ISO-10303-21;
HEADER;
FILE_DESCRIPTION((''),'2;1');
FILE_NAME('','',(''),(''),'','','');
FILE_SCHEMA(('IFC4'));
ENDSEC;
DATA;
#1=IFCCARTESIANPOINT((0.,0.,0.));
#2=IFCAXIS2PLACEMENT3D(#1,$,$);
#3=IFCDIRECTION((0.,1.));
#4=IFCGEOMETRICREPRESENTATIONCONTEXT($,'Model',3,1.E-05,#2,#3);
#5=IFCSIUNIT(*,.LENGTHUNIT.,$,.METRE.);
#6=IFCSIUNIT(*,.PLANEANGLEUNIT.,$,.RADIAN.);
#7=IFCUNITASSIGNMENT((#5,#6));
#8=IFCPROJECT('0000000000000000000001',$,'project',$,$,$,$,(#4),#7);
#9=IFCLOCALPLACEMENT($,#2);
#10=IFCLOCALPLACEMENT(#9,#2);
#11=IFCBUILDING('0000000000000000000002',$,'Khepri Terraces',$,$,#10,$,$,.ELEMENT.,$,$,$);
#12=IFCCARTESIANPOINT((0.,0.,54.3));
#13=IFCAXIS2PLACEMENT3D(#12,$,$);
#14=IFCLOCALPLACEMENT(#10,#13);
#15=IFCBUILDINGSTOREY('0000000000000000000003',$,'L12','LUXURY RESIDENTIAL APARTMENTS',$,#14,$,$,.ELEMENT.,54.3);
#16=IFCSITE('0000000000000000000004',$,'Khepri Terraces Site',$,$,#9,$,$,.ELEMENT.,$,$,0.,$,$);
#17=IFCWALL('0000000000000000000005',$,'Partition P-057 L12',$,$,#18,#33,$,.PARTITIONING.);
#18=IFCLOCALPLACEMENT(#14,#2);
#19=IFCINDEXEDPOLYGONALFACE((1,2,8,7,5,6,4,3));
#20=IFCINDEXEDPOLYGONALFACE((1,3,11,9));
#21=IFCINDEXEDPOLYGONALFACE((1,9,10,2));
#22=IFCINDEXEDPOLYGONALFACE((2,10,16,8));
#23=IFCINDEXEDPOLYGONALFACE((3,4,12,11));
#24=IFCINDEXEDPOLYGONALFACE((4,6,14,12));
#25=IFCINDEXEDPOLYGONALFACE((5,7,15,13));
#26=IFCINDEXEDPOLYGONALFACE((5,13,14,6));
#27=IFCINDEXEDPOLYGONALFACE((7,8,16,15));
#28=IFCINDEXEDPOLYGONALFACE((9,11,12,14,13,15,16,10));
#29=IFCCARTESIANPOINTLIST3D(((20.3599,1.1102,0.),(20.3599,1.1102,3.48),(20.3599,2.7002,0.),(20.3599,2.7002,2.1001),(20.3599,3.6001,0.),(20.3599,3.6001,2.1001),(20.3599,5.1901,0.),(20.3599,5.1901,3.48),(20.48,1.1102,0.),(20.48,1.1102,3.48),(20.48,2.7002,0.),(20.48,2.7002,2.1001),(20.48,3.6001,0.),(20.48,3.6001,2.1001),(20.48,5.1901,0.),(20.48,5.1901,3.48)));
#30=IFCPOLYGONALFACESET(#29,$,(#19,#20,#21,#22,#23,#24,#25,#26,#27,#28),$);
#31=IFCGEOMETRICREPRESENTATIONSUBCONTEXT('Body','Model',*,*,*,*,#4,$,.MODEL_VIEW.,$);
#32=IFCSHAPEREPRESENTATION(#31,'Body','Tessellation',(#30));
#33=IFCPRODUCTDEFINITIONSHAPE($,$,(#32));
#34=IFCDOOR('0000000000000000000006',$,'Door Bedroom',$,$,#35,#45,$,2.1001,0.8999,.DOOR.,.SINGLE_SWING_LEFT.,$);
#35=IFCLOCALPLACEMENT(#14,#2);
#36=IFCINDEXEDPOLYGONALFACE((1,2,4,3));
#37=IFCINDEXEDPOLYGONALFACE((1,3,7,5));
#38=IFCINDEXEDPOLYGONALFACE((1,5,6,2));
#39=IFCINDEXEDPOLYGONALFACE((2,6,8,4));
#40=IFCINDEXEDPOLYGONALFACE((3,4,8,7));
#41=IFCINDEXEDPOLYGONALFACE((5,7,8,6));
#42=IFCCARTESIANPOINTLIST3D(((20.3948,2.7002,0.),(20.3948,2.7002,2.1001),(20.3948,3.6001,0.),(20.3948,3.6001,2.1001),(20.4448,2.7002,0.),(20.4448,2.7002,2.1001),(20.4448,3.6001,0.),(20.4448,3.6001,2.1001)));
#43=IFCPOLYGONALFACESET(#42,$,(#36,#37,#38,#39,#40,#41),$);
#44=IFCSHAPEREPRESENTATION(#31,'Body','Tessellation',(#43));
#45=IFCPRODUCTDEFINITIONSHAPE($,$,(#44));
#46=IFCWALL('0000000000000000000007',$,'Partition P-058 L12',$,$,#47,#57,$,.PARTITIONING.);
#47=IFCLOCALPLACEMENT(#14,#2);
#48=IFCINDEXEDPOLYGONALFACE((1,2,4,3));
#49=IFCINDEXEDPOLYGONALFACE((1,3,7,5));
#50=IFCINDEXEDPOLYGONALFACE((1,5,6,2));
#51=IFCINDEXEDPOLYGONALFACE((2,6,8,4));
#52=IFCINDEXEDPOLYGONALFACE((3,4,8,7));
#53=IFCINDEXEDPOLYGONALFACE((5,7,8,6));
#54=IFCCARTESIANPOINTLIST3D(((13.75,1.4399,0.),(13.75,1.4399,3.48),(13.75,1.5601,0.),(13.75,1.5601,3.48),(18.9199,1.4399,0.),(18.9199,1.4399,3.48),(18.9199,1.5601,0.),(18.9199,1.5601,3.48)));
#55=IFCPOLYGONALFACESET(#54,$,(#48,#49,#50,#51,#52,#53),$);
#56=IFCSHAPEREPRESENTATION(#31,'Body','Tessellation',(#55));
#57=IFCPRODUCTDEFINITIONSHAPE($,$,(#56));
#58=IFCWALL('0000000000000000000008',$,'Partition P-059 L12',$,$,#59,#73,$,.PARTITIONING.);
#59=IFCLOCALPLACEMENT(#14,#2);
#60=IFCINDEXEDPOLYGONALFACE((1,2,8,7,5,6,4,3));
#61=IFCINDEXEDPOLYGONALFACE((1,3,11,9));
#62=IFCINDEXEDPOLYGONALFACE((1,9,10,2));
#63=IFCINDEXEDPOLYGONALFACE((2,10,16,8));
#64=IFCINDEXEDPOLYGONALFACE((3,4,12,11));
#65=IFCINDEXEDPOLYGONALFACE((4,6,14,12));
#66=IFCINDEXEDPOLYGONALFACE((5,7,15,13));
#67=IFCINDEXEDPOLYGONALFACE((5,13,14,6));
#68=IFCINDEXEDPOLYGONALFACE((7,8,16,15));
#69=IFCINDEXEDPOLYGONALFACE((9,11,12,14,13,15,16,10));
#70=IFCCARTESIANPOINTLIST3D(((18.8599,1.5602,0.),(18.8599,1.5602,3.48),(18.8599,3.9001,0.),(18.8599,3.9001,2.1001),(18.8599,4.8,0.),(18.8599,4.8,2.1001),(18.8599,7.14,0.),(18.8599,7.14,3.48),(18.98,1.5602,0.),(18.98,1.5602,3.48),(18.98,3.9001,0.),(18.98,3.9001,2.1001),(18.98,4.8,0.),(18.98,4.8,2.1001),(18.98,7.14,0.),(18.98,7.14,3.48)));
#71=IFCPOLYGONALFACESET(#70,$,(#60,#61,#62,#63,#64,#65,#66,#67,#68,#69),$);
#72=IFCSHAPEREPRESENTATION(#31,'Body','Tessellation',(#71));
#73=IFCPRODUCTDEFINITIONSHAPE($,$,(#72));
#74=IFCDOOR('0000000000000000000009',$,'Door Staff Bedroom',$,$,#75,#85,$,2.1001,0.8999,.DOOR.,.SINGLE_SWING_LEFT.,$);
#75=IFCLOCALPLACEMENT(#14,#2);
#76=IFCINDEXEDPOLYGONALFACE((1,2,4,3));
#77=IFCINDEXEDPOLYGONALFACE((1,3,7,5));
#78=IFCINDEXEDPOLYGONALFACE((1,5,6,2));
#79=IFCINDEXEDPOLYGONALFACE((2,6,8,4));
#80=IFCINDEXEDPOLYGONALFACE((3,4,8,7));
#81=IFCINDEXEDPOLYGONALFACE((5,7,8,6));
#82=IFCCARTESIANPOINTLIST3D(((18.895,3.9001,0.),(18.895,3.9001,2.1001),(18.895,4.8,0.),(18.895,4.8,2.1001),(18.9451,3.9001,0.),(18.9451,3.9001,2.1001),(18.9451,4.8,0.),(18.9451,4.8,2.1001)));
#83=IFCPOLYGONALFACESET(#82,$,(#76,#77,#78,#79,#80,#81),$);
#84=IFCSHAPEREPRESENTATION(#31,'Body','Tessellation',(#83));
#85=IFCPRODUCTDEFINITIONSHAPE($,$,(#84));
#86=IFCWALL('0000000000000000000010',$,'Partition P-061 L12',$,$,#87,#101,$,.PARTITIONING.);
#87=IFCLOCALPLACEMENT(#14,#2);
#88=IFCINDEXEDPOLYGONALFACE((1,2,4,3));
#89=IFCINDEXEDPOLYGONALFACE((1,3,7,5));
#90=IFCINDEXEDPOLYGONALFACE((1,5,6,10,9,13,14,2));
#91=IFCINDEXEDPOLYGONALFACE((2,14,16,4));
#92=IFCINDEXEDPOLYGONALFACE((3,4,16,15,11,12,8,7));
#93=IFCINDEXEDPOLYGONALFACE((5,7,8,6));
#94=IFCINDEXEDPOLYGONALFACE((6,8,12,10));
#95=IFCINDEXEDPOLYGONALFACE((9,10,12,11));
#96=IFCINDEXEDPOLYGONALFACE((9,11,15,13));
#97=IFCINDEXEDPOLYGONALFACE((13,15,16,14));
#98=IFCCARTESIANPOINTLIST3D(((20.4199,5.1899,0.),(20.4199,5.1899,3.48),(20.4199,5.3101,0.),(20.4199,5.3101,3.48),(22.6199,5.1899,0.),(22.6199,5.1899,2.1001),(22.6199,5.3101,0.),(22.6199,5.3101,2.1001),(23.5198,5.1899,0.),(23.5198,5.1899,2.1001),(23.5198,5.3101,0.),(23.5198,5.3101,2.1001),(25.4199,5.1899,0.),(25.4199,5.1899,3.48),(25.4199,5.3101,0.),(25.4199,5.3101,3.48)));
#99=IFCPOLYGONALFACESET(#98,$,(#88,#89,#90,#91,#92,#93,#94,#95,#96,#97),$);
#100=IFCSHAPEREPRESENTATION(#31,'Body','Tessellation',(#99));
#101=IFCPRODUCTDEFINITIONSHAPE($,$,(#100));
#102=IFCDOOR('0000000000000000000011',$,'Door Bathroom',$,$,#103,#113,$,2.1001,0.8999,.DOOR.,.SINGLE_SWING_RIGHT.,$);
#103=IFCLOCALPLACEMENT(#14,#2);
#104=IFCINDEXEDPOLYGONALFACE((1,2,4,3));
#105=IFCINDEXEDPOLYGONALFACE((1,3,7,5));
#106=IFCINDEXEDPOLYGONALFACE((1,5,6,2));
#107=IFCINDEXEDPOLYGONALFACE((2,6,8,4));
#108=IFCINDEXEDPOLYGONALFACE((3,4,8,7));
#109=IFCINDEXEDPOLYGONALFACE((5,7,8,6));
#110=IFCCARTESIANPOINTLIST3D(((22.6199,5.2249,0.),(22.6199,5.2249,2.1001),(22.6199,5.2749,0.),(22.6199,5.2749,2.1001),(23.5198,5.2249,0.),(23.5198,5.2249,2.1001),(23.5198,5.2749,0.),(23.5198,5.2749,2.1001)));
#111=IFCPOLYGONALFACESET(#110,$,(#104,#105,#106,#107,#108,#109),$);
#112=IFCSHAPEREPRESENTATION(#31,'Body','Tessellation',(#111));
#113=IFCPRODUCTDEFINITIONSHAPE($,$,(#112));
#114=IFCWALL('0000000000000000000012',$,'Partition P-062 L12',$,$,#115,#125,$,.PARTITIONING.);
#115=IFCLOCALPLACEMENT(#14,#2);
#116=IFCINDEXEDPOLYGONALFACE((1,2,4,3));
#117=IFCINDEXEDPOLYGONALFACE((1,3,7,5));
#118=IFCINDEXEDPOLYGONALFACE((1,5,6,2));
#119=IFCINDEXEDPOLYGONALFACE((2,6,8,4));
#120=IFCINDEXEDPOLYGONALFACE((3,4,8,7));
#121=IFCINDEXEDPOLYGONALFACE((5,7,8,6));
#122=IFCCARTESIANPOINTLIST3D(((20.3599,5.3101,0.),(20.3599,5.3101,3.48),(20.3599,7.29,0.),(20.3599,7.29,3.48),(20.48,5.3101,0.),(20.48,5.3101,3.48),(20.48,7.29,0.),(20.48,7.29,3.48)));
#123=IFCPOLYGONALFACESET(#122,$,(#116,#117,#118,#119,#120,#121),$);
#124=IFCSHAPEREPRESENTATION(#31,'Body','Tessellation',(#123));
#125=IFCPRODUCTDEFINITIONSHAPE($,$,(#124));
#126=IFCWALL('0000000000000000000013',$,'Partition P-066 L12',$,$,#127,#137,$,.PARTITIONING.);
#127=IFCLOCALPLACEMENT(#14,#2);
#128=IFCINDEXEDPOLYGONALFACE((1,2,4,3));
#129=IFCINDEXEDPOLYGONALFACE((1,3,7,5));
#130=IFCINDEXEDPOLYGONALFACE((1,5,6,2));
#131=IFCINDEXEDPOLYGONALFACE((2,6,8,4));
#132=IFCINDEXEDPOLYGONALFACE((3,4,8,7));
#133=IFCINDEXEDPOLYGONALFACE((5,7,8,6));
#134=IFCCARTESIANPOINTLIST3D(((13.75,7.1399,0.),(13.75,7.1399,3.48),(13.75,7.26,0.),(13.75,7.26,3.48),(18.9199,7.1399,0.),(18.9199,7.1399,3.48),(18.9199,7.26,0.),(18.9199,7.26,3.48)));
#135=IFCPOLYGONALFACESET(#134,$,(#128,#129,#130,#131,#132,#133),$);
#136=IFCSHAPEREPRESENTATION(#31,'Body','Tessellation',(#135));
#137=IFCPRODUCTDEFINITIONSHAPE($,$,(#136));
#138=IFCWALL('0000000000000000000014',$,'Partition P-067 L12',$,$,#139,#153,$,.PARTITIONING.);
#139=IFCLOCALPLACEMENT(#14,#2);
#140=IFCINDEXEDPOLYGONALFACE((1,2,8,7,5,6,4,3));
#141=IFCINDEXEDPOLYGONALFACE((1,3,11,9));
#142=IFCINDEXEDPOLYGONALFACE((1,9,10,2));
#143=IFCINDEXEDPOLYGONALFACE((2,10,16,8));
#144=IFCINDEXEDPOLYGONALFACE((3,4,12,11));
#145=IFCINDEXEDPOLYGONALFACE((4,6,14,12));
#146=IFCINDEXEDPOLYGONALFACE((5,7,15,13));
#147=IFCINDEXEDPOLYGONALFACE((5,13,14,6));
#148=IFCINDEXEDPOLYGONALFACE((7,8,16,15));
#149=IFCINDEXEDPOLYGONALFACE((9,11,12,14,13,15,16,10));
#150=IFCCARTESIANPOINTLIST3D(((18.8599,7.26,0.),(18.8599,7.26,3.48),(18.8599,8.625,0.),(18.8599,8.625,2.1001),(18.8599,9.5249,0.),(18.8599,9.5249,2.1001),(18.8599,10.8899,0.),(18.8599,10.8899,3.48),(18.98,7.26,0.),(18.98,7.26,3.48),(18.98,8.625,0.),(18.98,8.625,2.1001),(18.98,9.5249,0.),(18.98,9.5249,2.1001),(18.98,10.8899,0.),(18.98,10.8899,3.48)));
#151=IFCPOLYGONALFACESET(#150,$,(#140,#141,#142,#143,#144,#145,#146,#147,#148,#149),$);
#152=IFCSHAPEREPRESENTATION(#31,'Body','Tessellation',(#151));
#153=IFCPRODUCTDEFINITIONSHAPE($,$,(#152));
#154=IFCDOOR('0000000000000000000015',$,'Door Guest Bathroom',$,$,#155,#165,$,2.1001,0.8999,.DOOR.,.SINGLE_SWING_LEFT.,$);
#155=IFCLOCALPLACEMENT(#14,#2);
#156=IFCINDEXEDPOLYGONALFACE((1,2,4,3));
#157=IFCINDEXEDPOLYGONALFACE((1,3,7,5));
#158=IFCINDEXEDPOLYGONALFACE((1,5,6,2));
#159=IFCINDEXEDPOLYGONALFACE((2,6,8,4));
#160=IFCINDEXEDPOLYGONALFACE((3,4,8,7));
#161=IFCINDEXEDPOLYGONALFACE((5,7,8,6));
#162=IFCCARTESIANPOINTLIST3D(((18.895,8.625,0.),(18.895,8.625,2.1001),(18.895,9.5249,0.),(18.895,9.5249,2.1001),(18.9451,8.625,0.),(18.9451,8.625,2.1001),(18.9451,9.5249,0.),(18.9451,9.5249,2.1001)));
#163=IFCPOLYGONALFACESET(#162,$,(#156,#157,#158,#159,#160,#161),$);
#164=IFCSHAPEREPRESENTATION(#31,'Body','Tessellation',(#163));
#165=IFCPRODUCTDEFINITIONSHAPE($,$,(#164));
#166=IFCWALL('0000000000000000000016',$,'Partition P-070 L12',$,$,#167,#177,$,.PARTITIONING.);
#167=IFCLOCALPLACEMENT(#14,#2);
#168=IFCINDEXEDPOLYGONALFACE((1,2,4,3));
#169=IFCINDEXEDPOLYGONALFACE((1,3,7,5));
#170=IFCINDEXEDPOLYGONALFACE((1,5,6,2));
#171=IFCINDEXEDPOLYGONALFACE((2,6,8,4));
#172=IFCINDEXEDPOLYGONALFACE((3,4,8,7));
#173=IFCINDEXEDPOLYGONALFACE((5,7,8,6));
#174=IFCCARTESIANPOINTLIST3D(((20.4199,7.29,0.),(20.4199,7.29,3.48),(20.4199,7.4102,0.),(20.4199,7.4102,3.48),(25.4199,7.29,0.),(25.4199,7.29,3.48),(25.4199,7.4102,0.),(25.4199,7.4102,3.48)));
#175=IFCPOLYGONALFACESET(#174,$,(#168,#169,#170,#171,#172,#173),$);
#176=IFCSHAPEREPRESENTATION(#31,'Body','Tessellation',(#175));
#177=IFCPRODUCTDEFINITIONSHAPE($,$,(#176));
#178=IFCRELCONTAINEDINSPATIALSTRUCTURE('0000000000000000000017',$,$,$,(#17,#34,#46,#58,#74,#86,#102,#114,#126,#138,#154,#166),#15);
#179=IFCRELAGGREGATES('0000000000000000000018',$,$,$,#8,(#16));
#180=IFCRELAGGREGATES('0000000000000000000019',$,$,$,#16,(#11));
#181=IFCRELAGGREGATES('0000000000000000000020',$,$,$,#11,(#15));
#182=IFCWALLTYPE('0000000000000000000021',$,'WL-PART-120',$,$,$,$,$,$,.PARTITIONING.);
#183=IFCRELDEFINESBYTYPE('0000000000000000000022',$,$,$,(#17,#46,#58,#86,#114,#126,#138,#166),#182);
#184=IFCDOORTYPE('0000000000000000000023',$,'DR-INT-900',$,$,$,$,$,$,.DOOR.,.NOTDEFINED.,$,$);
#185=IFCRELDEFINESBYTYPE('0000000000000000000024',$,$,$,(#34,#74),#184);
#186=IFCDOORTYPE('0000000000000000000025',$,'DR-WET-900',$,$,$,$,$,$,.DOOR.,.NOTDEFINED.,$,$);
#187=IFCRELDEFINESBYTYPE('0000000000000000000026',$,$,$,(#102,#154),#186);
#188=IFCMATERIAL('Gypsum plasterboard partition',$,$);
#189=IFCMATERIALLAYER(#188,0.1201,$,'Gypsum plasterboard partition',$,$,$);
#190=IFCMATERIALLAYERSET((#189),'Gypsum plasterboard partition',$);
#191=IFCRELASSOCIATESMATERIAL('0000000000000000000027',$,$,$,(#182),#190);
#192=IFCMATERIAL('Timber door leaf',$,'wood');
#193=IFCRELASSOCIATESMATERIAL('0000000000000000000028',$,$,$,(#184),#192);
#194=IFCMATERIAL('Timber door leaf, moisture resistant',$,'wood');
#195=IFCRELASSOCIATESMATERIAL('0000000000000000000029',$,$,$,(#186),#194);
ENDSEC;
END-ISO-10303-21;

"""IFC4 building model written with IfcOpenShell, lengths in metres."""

from ifc_helpers import new_model, si_unit, direction, frame, frame_2d, origin, place, context, subcontext, project, spatial, rectangle, extrude, material, layer, layer_set, type_object, element, fill, save


model = new_model("IFC4")

# Units and contexts
model_context = context("Model", 3, precision=1e-05, world=origin(), true_north=direction((0.0, 1.0)))
body_context = subcontext(model_context, "Body", "Model", "MODEL_VIEW")
ifc_project = project(units=[si_unit("LENGTHUNIT", "METRE"), si_unit("PLANEANGLEUNIT", "RADIAN")], contexts=[model_context])

# Site, building, storey
site_placement = place(None, origin())
site = spatial("IfcSite", under=ifc_project, at=site_placement, Name="Khepri Terraces Site", CompositionType="ELEMENT", RefElevation=0.0)
building_placement = place(site_placement, origin())
building = spatial("IfcBuilding", under=site, at=building_placement, Name="Khepri Terraces", CompositionType="ELEMENT")
storey_placement = place(building_placement, frame((0.0, 0.0, 54.3)))
storey = spatial("IfcBuildingStorey", under=building, at=storey_placement, Name="L12", Description="LUXURY RESIDENTIAL APARTMENTS", CompositionType="ELEMENT", Elevation=54.3)

# Shared definitions
ifc_material_1 = material(Name="Gypsum plasterboard partition")
ifc_layer_1 = layer(ifc_material_1, 0.1201, Name="Gypsum plasterboard partition")
ifc_layer_set_1 = layer_set([ifc_layer_1], Name="Gypsum plasterboard partition")
wall_type_1 = type_object("IfcWallType", Name="WL-PART-120", PredefinedType="PARTITIONING", material=ifc_layer_set_1)

# Wall, opening, door
wall_1_placement = place(storey_placement, frame((20.4199, 1.1101, 0.0), z_axis=(0.0, 0.0, 1.0), x_axis=(0.0, 1.0, 0.0)))
wall_1 = element("IfcWall", 1, at=wall_1_placement, inside=storey, type_object=wall_type_1, Name="Partition P-057 L12", PredefinedType="PARTITIONING", context=body_context, shape_type="SweptSolid", body=[
    extrude(rectangle(XDim=4.0798, YDim=0.1201, at=frame_2d((2.04, 0.0))), origin(), (0.0, 0.0, 1.0), 3.48),
])
opening_1_placement = place(wall_1_placement, frame((1.5901, 0.0, 0.0)))
opening_1 = element("IfcOpeningElement", 2, at=opening_1_placement, cuts=wall_1, PredefinedType="OPENING", context=body_context, shape_type="SweptSolid", body=[
    extrude(rectangle(XDim=0.8999, YDim=2.1001, at=frame_2d((0.45, 1.05))), frame((0.0, 0.0701, 0.0), z_axis=(0.0, -1.0, 0.0), x_axis=(1.0, 0.0, 0.0)), (0.0, 0.0, 1.0), 0.1401),
])
ifc_material_2 = material(Name="Timber door leaf", Category="wood")
door_type_1 = type_object("IfcDoorType", Name="DR-INT-900", OperationType="NOTDEFINED", PredefinedType="DOOR", material=ifc_material_2)
door_1_placement = place(opening_1_placement, frame((0.8999, 0.0, 0.0), z_axis=(0.0, 0.0, 1.0), x_axis=(-1.0, 0.0, 0.0)))
door_1 = element("IfcDoor", 3, at=door_1_placement, inside=storey, type_object=door_type_1, Name="Door Bedroom", OperationType="SINGLE_SWING_LEFT", OverallHeight=2.1001, OverallWidth=0.8999, PredefinedType="DOOR", context=body_context, shape_type="SweptSolid", body=[
    extrude(rectangle(XDim=0.8999, YDim=2.1001, at=frame_2d((0.45, 1.05))), frame((0.0, 0.0249, 0.0), z_axis=(0.0, -1.0, 0.0), x_axis=(1.0, 0.0, 0.0)), (0.0, 0.0, 1.0), 0.05),
])
fill(opening_1, door_1)

# Wall
wall_2_placement = place(storey_placement, frame((13.75, 1.5, 0.0), z_axis=(0.0, 0.0, 1.0), x_axis=(1.0, 0.0, 0.0)))
element("IfcWall", 4, at=wall_2_placement, inside=storey, type_object=wall_type_1, Name="Partition P-058 L12", PredefinedType="PARTITIONING", context=body_context, shape_type="SweptSolid", body=[
    extrude(rectangle(XDim=5.1699, YDim=0.1201, at=frame_2d((2.585, 0.0))), origin(), (0.0, 0.0, 1.0), 3.48),
])

# Walls, openings, doors
wall_3_placement = place(storey_placement, frame((18.9199, 1.5601, 0.0), z_axis=(0.0, 0.0, 1.0), x_axis=(0.0, 1.0, 0.0)))
wall_3 = element("IfcWall", 5, at=wall_3_placement, inside=storey, type_object=wall_type_1, Name="Partition P-059 L12", PredefinedType="PARTITIONING", context=body_context, shape_type="SweptSolid", body=[
    extrude(rectangle(XDim=5.5798, YDim=0.1201, at=frame_2d((2.79, 0.0))), origin(), (0.0, 0.0, 1.0), 3.48),
])
opening_2_placement = place(wall_3_placement, frame((2.3401, 0.0, 0.0)))
opening_2 = element("IfcOpeningElement", 6, at=opening_2_placement, cuts=wall_3, PredefinedType="OPENING", context=body_context, shape_type="SweptSolid", body=[
    extrude(rectangle(XDim=0.8999, YDim=2.1001, at=frame_2d((0.45, 1.05))), frame((0.0, 0.0701, 0.0), z_axis=(0.0, -1.0, 0.0), x_axis=(1.0, 0.0, 0.0)), (0.0, 0.0, 1.0), 0.1401),
])
door_2_placement = place(opening_2_placement, origin())
door_2 = element("IfcDoor", 7, at=door_2_placement, inside=storey, type_object=door_type_1, Name="Door Staff Bedroom", OperationType="SINGLE_SWING_LEFT", OverallHeight=2.1001, OverallWidth=0.8999, PredefinedType="DOOR", context=body_context, shape_type="SweptSolid", body=[
    extrude(rectangle(XDim=0.8999, YDim=2.1001, at=frame_2d((0.45, 1.05))), frame((0.0, 0.0249, 0.0), z_axis=(0.0, -1.0, 0.0), x_axis=(1.0, 0.0, 0.0)), (0.0, 0.0, 1.0), 0.05),
])
fill(opening_2, door_2)
wall_4_placement = place(storey_placement, frame((20.4199, 5.25, 0.0), z_axis=(0.0, 0.0, 1.0), x_axis=(1.0, 0.0, 0.0)))
wall_4 = element("IfcWall", 8, at=wall_4_placement, inside=storey, type_object=wall_type_1, Name="Partition P-061 L12", PredefinedType="PARTITIONING", context=body_context, shape_type="SweptSolid", body=[
    extrude(rectangle(XDim=5.0, YDim=0.1201, at=frame_2d((2.5, 0.0))), origin(), (0.0, 0.0, 1.0), 3.48),
])
opening_3_placement = place(wall_4_placement, frame((2.2, 0.0, 0.0)))
opening_3 = element("IfcOpeningElement", 9, at=opening_3_placement, cuts=wall_4, PredefinedType="OPENING", context=body_context, shape_type="SweptSolid", body=[
    extrude(rectangle(XDim=0.8999, YDim=2.1001, at=frame_2d((0.45, 1.05))), frame((0.0, 0.0701, 0.0), z_axis=(0.0, -1.0, 0.0), x_axis=(1.0, 0.0, 0.0)), (0.0, 0.0, 1.0), 0.1401),
])
ifc_material_3 = material(Name="Timber door leaf, moisture resistant", Category="wood")
door_type_2 = type_object("IfcDoorType", Name="DR-WET-900", OperationType="NOTDEFINED", PredefinedType="DOOR", material=ifc_material_3)
door_3_placement = place(opening_3_placement, origin())
door_3 = element("IfcDoor", 10, at=door_3_placement, inside=storey, type_object=door_type_2, Name="Door Bathroom", OperationType="SINGLE_SWING_RIGHT", OverallHeight=2.1001, OverallWidth=0.8999, PredefinedType="DOOR", context=body_context, shape_type="SweptSolid", body=[
    extrude(rectangle(XDim=0.8999, YDim=2.1001, at=frame_2d((0.45, 1.05))), frame((0.0, 0.0249, 0.0), z_axis=(0.0, -1.0, 0.0), x_axis=(1.0, 0.0, 0.0)), (0.0, 0.0, 1.0), 0.05),
])
fill(opening_3, door_3)

# Walls
wall_5_placement = place(storey_placement, frame((20.4199, 5.3101, 0.0), z_axis=(0.0, 0.0, 1.0), x_axis=(0.0, 1.0, 0.0)))
element("IfcWall", 11, at=wall_5_placement, inside=storey, type_object=wall_type_1, Name="Partition P-062 L12", PredefinedType="PARTITIONING", context=body_context, shape_type="SweptSolid", body=[
    extrude(rectangle(XDim=1.98, YDim=0.1201, at=frame_2d((0.99, 0.0))), origin(), (0.0, 0.0, 1.0), 3.48),
])
wall_6_placement = place(storey_placement, frame((13.75, 7.2, 0.0), z_axis=(0.0, 0.0, 1.0), x_axis=(1.0, 0.0, 0.0)))
element("IfcWall", 12, at=wall_6_placement, inside=storey, type_object=wall_type_1, Name="Partition P-066 L12", PredefinedType="PARTITIONING", context=body_context, shape_type="SweptSolid", body=[
    extrude(rectangle(XDim=5.1699, YDim=0.1201, at=frame_2d((2.585, 0.0))), origin(), (0.0, 0.0, 1.0), 3.48),
])

# Wall, opening, door
wall_7_placement = place(storey_placement, frame((18.9199, 7.26, 0.0), z_axis=(0.0, 0.0, 1.0), x_axis=(0.0, 1.0, 0.0)))
wall_7 = element("IfcWall", 13, at=wall_7_placement, inside=storey, type_object=wall_type_1, Name="Partition P-067 L12", PredefinedType="PARTITIONING", context=body_context, shape_type="SweptSolid", body=[
    extrude(rectangle(XDim=3.6299, YDim=0.1201, at=frame_2d((1.8149, 0.0))), origin(), (0.0, 0.0, 1.0), 3.48),
])
opening_4_placement = place(wall_7_placement, frame((1.365, 0.0, 0.0)))
opening_4 = element("IfcOpeningElement", 14, at=opening_4_placement, cuts=wall_7, PredefinedType="OPENING", context=body_context, shape_type="SweptSolid", body=[
    extrude(rectangle(XDim=0.8999, YDim=2.1001, at=frame_2d((0.45, 1.05))), frame((0.0, 0.0701, 0.0), z_axis=(0.0, -1.0, 0.0), x_axis=(1.0, 0.0, 0.0)), (0.0, 0.0, 1.0), 0.1401),
])
door_4_placement = place(opening_4_placement, origin())
door_4 = element("IfcDoor", 15, at=door_4_placement, inside=storey, type_object=door_type_2, Name="Door Guest Bathroom", OperationType="SINGLE_SWING_LEFT", OverallHeight=2.1001, OverallWidth=0.8999, PredefinedType="DOOR", context=body_context, shape_type="SweptSolid", body=[
    extrude(rectangle(XDim=0.8999, YDim=2.1001, at=frame_2d((0.45, 1.05))), frame((0.0, 0.0249, 0.0), z_axis=(0.0, -1.0, 0.0), x_axis=(1.0, 0.0, 0.0)), (0.0, 0.0, 1.0), 0.05),
])
fill(opening_4, door_4)

# Wall
wall_8_placement = place(storey_placement, frame((20.4199, 7.3501, 0.0), z_axis=(0.0, 0.0, 1.0), x_axis=(1.0, 0.0, 0.0)))
element("IfcWall", 16, at=wall_8_placement, inside=storey, type_object=wall_type_1, Name="Partition P-070 L12", PredefinedType="PARTITIONING", context=body_context, shape_type="SweptSolid", body=[
    extrude(rectangle(XDim=5.0, YDim=0.1201, at=frame_2d((2.5, 0.0))), origin(), (0.0, 0.0, 1.0), 3.48),
])

save(model, "model.ifc")
